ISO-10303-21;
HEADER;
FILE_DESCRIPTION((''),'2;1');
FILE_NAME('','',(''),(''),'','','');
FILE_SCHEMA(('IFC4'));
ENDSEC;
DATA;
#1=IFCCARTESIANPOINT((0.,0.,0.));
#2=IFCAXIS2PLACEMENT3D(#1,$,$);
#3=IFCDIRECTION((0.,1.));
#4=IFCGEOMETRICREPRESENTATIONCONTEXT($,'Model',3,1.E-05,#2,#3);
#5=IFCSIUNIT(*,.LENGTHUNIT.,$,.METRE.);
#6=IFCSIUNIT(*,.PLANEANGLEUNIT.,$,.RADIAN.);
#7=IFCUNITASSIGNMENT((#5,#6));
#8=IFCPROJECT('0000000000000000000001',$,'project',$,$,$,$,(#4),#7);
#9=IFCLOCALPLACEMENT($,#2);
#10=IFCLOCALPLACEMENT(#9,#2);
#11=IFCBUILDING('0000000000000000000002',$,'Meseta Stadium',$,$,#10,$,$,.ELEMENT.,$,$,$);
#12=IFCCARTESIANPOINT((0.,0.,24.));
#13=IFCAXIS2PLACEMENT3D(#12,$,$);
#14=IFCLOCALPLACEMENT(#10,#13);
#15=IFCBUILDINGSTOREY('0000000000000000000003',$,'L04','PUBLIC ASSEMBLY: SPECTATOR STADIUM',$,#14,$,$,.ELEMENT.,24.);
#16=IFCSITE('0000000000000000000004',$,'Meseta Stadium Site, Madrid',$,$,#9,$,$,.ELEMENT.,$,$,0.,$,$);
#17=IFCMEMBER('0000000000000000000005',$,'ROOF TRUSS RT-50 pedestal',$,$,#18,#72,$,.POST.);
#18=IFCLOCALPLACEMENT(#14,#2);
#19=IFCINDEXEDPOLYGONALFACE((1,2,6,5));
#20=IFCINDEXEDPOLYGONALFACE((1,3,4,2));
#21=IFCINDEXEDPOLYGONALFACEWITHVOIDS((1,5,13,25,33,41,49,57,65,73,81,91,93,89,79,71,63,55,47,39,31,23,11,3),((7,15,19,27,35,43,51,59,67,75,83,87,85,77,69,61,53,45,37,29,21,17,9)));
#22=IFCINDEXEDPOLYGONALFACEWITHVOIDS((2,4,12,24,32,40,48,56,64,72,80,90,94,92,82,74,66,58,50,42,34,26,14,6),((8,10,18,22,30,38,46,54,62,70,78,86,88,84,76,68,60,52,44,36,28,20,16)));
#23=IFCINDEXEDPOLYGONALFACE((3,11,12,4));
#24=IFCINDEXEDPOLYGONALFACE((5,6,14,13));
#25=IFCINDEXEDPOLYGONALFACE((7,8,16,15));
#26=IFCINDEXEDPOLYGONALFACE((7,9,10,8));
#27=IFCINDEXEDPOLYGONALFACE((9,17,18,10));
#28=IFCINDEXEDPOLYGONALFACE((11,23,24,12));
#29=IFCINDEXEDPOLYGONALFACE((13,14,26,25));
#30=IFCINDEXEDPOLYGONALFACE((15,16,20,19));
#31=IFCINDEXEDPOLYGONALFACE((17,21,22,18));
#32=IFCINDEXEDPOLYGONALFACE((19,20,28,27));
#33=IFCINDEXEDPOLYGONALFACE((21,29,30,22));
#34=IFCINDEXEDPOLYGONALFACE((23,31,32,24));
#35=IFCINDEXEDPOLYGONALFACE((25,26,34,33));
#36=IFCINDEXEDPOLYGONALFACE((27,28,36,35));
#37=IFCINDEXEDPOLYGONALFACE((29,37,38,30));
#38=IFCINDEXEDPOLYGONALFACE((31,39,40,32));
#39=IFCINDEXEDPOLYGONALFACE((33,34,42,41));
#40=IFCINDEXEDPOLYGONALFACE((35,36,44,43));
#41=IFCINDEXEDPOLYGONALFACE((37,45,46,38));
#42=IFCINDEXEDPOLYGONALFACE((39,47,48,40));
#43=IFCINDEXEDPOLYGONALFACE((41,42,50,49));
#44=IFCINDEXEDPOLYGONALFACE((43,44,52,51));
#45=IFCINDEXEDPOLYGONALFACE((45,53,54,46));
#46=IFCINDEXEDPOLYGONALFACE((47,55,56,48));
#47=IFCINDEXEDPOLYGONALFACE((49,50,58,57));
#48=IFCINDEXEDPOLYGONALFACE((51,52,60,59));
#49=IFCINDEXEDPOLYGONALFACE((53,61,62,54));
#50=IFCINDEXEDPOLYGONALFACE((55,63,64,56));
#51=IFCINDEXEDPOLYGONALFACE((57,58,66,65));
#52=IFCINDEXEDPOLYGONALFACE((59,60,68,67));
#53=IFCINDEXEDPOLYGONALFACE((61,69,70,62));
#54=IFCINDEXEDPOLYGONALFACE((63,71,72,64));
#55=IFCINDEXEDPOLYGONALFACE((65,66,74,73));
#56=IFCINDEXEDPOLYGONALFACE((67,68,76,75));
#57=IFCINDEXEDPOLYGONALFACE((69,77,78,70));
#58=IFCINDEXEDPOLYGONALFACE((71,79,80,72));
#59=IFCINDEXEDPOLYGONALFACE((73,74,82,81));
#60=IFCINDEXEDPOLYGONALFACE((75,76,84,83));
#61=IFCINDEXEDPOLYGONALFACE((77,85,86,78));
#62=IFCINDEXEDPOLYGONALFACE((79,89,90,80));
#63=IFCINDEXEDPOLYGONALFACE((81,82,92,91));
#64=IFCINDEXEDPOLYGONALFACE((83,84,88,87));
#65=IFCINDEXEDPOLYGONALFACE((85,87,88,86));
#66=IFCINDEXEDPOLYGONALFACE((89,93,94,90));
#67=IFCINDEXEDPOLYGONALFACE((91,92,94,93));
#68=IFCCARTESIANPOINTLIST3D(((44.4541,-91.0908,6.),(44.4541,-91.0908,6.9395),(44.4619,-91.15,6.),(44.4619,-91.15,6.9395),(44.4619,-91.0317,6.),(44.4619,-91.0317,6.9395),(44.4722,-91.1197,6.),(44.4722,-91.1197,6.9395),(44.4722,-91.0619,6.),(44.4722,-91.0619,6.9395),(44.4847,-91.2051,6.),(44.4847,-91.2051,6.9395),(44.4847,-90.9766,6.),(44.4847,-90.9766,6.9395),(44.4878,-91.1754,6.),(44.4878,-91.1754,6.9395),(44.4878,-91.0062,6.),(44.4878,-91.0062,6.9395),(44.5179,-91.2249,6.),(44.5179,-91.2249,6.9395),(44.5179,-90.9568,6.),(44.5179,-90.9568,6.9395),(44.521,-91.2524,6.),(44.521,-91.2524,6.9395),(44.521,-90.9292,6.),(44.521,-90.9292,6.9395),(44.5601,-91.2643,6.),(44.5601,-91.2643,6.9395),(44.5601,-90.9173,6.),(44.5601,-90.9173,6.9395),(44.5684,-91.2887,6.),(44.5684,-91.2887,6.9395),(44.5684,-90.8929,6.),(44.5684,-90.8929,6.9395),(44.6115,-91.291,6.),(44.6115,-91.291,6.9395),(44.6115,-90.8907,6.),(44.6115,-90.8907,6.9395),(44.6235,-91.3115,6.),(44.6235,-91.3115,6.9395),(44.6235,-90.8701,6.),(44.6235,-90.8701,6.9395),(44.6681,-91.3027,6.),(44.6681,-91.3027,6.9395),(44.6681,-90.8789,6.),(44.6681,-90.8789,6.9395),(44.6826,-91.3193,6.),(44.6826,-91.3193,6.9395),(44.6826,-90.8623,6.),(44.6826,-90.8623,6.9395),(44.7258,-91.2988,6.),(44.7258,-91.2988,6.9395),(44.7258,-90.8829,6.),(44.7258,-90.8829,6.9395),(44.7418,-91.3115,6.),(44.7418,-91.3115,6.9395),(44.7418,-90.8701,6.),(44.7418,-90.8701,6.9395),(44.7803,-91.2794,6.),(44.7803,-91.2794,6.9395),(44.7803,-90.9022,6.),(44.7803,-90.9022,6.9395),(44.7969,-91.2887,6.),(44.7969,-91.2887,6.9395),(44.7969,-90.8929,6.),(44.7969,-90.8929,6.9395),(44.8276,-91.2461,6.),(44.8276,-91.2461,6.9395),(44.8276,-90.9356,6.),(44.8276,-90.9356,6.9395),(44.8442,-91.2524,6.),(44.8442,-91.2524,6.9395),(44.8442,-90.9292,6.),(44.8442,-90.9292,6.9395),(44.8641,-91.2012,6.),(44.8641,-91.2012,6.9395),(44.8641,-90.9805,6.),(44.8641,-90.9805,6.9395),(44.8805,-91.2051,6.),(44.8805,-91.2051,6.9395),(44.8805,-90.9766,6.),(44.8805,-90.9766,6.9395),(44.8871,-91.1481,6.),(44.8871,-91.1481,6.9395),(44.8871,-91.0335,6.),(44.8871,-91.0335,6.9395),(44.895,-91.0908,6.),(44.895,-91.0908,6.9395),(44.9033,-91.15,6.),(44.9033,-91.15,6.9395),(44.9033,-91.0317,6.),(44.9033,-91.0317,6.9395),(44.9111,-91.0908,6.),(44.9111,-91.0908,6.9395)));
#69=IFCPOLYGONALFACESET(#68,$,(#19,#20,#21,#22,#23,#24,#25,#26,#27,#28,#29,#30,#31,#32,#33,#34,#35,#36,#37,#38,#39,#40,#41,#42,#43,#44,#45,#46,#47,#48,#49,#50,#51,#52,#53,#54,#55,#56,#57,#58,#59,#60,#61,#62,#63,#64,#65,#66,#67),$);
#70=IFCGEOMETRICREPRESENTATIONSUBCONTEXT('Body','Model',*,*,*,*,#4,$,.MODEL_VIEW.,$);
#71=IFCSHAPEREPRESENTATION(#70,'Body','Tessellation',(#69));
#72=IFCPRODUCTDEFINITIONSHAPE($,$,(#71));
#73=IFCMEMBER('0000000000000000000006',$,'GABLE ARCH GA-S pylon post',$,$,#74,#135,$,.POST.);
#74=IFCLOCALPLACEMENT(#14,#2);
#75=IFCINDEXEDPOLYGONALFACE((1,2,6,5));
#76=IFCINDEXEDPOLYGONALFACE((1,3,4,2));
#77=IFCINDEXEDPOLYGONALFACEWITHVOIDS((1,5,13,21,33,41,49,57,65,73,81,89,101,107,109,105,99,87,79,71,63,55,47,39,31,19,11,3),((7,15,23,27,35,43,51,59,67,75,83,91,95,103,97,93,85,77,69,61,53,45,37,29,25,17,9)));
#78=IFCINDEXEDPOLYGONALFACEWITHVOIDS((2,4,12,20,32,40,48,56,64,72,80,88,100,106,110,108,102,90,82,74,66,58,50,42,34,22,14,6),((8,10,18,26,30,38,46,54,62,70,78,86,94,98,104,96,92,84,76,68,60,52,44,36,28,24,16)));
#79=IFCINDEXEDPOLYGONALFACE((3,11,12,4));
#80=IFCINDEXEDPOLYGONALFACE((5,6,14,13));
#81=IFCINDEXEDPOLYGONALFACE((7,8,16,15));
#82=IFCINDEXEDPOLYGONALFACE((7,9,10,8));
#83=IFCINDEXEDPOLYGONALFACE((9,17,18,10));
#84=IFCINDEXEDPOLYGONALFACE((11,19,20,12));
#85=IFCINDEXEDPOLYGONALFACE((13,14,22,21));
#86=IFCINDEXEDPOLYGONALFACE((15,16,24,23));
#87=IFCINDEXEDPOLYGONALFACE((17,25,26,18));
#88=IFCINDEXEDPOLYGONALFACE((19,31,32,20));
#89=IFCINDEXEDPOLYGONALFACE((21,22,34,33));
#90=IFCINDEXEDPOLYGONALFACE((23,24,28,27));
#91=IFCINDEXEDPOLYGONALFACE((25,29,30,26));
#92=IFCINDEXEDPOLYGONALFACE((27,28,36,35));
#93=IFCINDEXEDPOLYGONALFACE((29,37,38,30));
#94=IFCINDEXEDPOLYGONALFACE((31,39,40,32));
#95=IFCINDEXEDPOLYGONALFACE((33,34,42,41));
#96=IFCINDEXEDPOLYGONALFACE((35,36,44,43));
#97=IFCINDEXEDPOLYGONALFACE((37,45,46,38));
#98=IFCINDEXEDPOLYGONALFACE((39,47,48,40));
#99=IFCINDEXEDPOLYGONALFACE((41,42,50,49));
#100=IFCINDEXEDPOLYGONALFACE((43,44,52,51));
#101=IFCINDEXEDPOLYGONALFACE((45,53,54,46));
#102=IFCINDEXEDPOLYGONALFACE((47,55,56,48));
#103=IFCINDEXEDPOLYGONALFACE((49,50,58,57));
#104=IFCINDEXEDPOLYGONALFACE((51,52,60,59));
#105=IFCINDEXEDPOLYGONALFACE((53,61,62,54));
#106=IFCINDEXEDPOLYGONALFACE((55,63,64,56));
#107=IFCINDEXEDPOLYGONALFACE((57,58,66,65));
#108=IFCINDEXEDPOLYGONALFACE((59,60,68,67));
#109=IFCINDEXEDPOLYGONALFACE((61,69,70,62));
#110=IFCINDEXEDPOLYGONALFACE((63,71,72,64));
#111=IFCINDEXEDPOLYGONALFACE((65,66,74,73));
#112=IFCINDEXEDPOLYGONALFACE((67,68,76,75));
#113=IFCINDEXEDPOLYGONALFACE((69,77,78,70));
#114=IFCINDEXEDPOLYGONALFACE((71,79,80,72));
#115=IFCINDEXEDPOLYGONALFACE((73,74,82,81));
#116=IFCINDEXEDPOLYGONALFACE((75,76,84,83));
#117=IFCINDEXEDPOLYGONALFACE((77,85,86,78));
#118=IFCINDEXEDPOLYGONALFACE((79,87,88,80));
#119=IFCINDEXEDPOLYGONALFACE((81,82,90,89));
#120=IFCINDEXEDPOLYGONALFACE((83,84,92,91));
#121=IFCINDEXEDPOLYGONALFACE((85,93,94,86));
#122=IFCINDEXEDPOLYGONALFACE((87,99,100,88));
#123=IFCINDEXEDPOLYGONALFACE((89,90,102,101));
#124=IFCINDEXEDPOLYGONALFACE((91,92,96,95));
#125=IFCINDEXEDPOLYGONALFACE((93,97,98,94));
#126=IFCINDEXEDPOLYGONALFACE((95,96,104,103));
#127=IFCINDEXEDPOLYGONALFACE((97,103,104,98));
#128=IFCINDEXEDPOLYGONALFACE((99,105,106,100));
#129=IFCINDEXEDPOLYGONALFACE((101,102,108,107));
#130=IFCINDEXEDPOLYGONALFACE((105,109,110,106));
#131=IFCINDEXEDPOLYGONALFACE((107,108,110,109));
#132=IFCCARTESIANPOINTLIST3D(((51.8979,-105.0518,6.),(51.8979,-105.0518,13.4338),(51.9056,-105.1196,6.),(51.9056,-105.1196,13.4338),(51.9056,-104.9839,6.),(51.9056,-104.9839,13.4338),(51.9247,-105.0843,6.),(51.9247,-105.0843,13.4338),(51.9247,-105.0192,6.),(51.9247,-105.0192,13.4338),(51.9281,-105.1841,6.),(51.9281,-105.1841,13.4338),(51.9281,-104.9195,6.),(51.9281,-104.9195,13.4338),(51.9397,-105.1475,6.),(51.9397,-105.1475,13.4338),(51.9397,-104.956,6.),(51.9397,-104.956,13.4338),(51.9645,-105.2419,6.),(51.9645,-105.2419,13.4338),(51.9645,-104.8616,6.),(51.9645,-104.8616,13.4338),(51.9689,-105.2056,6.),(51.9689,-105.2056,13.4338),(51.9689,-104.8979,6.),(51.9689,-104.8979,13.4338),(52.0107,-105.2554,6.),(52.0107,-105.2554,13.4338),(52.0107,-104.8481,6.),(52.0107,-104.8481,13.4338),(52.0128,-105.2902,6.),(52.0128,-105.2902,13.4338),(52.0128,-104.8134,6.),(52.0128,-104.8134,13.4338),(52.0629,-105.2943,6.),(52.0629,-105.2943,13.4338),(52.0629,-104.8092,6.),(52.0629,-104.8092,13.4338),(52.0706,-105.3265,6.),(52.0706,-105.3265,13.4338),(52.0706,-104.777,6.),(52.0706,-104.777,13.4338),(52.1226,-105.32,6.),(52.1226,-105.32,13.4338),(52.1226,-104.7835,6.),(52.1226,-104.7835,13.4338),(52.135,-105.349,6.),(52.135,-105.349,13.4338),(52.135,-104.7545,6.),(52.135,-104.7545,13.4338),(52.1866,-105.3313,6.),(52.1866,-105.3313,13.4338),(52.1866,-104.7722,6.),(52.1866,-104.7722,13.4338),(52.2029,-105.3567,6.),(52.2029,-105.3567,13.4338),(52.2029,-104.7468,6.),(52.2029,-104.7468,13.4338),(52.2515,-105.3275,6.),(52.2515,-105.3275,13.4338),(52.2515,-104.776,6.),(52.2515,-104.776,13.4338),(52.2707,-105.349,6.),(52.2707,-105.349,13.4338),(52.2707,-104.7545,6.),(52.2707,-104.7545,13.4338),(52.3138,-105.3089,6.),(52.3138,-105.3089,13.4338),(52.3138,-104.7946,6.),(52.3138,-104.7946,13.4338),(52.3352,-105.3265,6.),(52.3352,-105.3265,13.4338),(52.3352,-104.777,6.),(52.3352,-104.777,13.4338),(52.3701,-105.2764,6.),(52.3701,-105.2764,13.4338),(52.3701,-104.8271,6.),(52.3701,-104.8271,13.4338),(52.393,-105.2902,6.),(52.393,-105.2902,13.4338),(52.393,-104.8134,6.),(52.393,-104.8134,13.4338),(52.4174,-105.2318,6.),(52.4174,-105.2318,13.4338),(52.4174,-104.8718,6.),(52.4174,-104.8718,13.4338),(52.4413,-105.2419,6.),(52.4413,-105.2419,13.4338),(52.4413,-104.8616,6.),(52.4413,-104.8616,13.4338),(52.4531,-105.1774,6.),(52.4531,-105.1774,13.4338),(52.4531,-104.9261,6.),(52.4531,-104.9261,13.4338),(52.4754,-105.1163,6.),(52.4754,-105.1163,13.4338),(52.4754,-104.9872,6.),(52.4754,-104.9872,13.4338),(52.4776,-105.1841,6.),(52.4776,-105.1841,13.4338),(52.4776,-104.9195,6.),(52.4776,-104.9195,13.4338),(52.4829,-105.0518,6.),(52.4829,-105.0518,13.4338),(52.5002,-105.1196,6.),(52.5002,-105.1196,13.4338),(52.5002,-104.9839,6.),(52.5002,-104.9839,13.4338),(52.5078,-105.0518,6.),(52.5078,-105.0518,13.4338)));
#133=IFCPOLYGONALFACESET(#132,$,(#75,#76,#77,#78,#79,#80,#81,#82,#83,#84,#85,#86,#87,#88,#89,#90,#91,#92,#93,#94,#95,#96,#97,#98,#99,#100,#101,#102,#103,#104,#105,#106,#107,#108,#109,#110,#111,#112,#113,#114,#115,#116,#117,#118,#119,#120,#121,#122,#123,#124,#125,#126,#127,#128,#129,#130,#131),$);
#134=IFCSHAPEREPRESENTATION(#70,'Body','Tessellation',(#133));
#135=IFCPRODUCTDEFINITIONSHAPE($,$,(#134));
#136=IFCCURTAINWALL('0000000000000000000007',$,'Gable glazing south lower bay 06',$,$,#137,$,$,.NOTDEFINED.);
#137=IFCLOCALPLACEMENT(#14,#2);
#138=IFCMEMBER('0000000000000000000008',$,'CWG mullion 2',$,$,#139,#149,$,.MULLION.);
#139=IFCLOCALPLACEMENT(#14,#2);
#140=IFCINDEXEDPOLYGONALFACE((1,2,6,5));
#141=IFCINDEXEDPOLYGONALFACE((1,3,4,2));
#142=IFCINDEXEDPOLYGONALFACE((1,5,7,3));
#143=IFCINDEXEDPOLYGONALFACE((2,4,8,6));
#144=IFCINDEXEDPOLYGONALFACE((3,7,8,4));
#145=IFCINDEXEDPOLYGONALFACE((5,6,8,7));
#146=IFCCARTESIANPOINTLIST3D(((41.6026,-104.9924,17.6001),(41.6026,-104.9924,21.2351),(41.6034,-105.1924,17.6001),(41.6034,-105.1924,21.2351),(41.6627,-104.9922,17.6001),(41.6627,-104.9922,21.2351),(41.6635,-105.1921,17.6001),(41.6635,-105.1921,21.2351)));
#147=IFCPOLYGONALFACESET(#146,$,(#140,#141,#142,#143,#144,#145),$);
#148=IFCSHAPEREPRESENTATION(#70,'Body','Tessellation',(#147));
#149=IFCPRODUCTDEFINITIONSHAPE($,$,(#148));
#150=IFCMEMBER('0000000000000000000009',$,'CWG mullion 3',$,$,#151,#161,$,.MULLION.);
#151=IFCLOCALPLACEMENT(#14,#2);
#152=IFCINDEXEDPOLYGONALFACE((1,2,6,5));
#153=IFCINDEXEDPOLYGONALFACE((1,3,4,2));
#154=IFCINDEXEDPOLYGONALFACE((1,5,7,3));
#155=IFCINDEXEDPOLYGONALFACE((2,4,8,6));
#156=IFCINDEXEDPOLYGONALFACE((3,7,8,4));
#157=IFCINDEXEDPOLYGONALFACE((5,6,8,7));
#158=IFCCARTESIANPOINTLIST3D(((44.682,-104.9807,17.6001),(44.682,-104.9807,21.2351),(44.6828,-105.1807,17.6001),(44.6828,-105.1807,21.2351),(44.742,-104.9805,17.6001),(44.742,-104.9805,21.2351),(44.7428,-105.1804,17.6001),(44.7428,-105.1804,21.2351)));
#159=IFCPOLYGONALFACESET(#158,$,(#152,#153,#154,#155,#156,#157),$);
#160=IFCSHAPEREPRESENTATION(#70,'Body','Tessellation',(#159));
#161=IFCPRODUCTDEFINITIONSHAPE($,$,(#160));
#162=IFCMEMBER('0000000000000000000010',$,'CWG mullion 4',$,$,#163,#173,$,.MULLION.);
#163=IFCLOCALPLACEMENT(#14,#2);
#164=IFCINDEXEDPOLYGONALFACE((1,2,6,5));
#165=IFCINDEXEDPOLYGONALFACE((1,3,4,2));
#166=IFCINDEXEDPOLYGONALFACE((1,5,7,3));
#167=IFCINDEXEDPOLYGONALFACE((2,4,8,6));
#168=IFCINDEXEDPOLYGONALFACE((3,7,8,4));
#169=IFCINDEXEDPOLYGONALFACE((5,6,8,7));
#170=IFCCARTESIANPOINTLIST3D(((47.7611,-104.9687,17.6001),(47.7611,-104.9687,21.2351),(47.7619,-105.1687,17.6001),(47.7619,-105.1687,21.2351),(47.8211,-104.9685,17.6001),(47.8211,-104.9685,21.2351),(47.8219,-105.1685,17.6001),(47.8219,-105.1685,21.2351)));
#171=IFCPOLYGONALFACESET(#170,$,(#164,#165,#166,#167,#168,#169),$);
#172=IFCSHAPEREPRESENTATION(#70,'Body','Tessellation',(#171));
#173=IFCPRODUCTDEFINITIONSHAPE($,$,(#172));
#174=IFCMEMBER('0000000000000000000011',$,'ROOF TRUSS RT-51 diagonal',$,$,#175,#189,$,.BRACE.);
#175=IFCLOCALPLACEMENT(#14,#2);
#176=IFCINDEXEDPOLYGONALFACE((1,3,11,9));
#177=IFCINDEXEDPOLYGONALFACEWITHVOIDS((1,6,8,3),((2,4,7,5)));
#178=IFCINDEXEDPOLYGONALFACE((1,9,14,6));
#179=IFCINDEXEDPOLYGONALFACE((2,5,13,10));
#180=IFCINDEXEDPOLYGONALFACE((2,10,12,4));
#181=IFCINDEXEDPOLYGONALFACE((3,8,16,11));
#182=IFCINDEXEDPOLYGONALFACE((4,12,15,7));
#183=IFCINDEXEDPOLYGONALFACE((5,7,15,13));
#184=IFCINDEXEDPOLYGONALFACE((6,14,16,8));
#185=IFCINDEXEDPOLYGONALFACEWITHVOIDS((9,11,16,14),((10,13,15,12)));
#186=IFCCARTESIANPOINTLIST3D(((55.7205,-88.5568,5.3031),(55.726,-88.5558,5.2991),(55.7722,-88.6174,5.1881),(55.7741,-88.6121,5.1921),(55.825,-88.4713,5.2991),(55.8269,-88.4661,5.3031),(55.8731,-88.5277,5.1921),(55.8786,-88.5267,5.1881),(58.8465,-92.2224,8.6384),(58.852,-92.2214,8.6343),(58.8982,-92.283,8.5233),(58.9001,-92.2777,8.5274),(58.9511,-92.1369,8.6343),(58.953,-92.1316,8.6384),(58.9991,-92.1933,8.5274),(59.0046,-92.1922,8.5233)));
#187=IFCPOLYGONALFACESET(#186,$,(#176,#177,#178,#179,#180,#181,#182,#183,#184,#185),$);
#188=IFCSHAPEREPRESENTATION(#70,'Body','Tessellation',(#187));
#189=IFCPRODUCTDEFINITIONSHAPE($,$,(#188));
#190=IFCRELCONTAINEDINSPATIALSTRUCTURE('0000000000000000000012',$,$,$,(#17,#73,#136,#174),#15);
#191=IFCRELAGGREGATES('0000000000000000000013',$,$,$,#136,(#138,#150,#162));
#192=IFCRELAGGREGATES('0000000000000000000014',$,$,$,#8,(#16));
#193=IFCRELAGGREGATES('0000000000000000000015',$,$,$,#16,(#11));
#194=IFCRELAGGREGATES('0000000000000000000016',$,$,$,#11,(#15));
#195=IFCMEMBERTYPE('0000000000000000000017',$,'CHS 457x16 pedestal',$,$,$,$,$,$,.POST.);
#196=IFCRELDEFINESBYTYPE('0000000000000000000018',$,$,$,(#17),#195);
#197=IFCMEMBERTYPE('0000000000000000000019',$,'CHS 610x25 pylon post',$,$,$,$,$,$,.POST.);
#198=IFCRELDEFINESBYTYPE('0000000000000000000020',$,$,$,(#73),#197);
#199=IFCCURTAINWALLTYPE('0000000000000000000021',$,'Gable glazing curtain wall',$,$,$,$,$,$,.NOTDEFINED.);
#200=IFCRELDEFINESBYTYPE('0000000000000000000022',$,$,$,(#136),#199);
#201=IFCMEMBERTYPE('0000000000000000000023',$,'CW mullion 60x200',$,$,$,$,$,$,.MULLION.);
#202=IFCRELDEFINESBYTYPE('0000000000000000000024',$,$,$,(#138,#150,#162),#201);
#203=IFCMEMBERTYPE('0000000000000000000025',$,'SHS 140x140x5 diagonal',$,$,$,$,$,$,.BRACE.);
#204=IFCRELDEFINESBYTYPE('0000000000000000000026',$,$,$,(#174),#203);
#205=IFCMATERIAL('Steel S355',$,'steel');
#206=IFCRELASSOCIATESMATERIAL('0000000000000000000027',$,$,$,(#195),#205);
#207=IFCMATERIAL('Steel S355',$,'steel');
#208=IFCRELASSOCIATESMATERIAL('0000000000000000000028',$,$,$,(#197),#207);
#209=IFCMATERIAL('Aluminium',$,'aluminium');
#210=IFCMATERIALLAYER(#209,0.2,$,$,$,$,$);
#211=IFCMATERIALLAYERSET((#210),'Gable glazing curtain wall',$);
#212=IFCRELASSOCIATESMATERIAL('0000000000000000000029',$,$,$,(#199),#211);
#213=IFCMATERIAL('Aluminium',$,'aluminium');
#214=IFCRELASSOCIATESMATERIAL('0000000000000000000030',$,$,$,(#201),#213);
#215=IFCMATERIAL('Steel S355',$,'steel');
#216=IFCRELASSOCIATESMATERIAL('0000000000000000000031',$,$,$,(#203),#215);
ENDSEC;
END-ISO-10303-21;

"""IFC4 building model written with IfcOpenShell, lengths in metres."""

from ifc_helpers import new_model, si_unit, direction, frame, origin, origin_2d, place, context, subcontext, project, spatial, rectangle, hollow_rectangle, hollow_circle, extrude, material, layer, layer_set, material_profile, profile_set, type_object, element, aggregate, save


model = new_model("IFC4")

# Units and contexts
model_context = context("Model", 3, precision=1e-05, world=origin(), true_north=direction((0.0, 1.0)))
body_context = subcontext(model_context, "Body", "Model", "MODEL_VIEW")
ifc_project = project(units=[si_unit("LENGTHUNIT", "METRE"), si_unit("PLANEANGLEUNIT", "RADIAN")], contexts=[model_context])

# Site, building, storey
site_placement = place(None, origin())
site = spatial("IfcSite", under=ifc_project, at=site_placement, Name="Meseta Stadium Site, Madrid", CompositionType="ELEMENT", RefElevation=0.0)
building_placement = place(site_placement, origin())
building = spatial("IfcBuilding", under=site, at=building_placement, Name="Meseta Stadium", CompositionType="ELEMENT")
storey_placement = place(building_placement, frame((0.0, 0.0, 24.0)))
storey = spatial("IfcBuildingStorey", under=building, at=storey_placement, Name="L04", Description="PUBLIC ASSEMBLY: SPECTATOR STADIUM", CompositionType="ELEMENT", Elevation=24.0)

# Members
ifc_material_1 = material(Name="Steel S355", Category="steel")
ifc_material_profile_1 = material_profile(ifc_material_1, hollow_circle(Radius=0.2285, WallThickness=0.0161, at=origin_2d()), Name="CHS 457x16")
ifc_profile_set_1 = profile_set([ifc_material_profile_1], Name="Steel S355")
member_type_1 = type_object("IfcMemberType", Name="CHS 457x16 pedestal", PredefinedType="POST", material=ifc_profile_set_1)
member_1_placement = place(storey_placement, frame((44.6826, -91.0908, 6.0), z_axis=(0.0, 0.0, 1.0), x_axis=(1.0, 0.0, 0.0)))
element("IfcMember", 1, at=member_1_placement, inside=storey, type_object=member_type_1, Name="ROOF TRUSS RT-50 pedestal", PredefinedType="POST", context=body_context, shape_type="SweptSolid", body=[
    extrude(hollow_circle(Radius=0.2285, WallThickness=0.0161, at=origin_2d()), origin(), (0.0, 0.0, 1.0), 0.9395),
])
ifc_material_2 = material(Name="Steel S355", Category="steel")
ifc_material_profile_2 = material_profile(ifc_material_2, hollow_circle(Radius=0.3049, WallThickness=0.0249, at=origin_2d()), Name="CHS 610x25")
ifc_profile_set_2 = profile_set([ifc_material_profile_2], Name="Steel S355")
member_type_2 = type_object("IfcMemberType", Name="CHS 610x25 pylon post", PredefinedType="POST", material=ifc_profile_set_2)
member_2_placement = place(storey_placement, frame((52.2029, -105.0518, 6.0), z_axis=(0.0, 0.0, 1.0), x_axis=(1.0, 0.0, 0.0)))
element("IfcMember", 2, at=member_2_placement, inside=storey, type_object=member_type_2, Name="GABLE ARCH GA-S pylon post", PredefinedType="POST", context=body_context, shape_type="SweptSolid", body=[
    extrude(hollow_circle(Radius=0.3049, WallThickness=0.0249, at=origin_2d()), origin(), (0.0, 0.0, 1.0), 7.4338),
])

# Curtain wall, members
ifc_material_3 = material(Name="Aluminium", Category="aluminium")
ifc_layer_1 = layer(ifc_material_3, 0.2)
ifc_layer_set_1 = layer_set([ifc_layer_1], Name="Gable glazing curtain wall")
curtain_wall_type = type_object("IfcCurtainWallType", Name="Gable glazing curtain wall", PredefinedType="NOTDEFINED", material=ifc_layer_set_1)
curtain_wall_placement = place(storey_placement, origin())
curtain_wall = element("IfcCurtainWall", 3, at=curtain_wall_placement, inside=storey, type_object=curtain_wall_type, Name="Gable glazing south lower bay 06", PredefinedType="NOTDEFINED")
ifc_material_4 = material(Name="Aluminium", Category="aluminium")
ifc_material_profile_3 = material_profile(ifc_material_4, rectangle(XDim=0.2, YDim=0.0601, at=origin_2d()), Name="CW 200x60")
ifc_profile_set_3 = profile_set([ifc_material_profile_3], Name="Aluminium")
member_type_3 = type_object("IfcMemberType", Name="CW mullion 60x200", PredefinedType="MULLION", material=ifc_profile_set_3)
member_3_placement = place(storey_placement, frame((41.6331, -105.0923, 17.6001), z_axis=(0.0, 0.0, 1.0), x_axis=(-0.003848, 0.999993, 0.0)))
member_3 = element("IfcMember", 4, at=member_3_placement, type_object=member_type_3, Name="CWG mullion 2", PredefinedType="MULLION", context=body_context, shape_type="SweptSolid", body=[
    extrude(rectangle(XDim=0.2, YDim=0.0601, at=origin_2d()), origin(), (0.0, 0.0, 1.0), 3.635),
])
member_4_placement = place(storey_placement, frame((44.7124, -105.0806, 17.6001), z_axis=(0.0, 0.0, 1.0), x_axis=(-0.003848, 0.999993, 0.0)))
member_4 = element("IfcMember", 5, at=member_4_placement, type_object=member_type_3, Name="CWG mullion 3", PredefinedType="MULLION", context=body_context, shape_type="SweptSolid", body=[
    extrude(rectangle(XDim=0.2, YDim=0.0601, at=origin_2d()), origin(), (0.0, 0.0, 1.0), 3.635),
])
member_5_placement = place(storey_placement, frame((47.7915, -105.0686, 17.6001), z_axis=(0.0, 0.0, 1.0), x_axis=(-0.003848, 0.999993, 0.0)))
member_5 = element("IfcMember", 6, at=member_5_placement, type_object=member_type_3, Name="CWG mullion 4", PredefinedType="MULLION", context=body_context, shape_type="SweptSolid", body=[
    extrude(rectangle(XDim=0.2, YDim=0.0601, at=origin_2d()), origin(), (0.0, 0.0, 1.0), 3.635),
])
aggregate(curtain_wall, [member_3, member_4, member_5])

# Member
ifc_material_5 = material(Name="Steel S355", Category="steel")
ifc_material_profile_4 = material_profile(ifc_material_5, hollow_rectangle(XDim=0.1399, YDim=0.1399, WallThickness=0.0049, at=origin_2d()), Name="SHS 140x140x5")
ifc_profile_set_4 = profile_set([ifc_material_profile_4], Name="Steel S355")
member_type_4 = type_object("IfcMemberType", Name="SHS 140x140x5 diagonal", PredefinedType="BRACE", material=ifc_profile_set_4)
for number, where, z_axis, x_axis, name in (
    (7, (55.7996, -88.5417, 5.2456), (0.533507, -0.625591, 0.569215), (0.760885, 0.648886, 0.0), "ROOF TRUSS RT-51 diagonal"),
):
    element("IfcMember", number, at=place(storey_placement, frame(where, z_axis=z_axis, x_axis=x_axis)), inside=storey, type_object=member_type_4, Name=name, PredefinedType="BRACE", context=body_context, shape_type="SweptSolid", body=[
        extrude(hollow_rectangle(XDim=0.1399, YDim=0.1399, WallThickness=0.0049, at=origin_2d()), origin(), (0.0, 0.0, 1.0), 5.8594),
    ])

save(model, "model.ifc")
